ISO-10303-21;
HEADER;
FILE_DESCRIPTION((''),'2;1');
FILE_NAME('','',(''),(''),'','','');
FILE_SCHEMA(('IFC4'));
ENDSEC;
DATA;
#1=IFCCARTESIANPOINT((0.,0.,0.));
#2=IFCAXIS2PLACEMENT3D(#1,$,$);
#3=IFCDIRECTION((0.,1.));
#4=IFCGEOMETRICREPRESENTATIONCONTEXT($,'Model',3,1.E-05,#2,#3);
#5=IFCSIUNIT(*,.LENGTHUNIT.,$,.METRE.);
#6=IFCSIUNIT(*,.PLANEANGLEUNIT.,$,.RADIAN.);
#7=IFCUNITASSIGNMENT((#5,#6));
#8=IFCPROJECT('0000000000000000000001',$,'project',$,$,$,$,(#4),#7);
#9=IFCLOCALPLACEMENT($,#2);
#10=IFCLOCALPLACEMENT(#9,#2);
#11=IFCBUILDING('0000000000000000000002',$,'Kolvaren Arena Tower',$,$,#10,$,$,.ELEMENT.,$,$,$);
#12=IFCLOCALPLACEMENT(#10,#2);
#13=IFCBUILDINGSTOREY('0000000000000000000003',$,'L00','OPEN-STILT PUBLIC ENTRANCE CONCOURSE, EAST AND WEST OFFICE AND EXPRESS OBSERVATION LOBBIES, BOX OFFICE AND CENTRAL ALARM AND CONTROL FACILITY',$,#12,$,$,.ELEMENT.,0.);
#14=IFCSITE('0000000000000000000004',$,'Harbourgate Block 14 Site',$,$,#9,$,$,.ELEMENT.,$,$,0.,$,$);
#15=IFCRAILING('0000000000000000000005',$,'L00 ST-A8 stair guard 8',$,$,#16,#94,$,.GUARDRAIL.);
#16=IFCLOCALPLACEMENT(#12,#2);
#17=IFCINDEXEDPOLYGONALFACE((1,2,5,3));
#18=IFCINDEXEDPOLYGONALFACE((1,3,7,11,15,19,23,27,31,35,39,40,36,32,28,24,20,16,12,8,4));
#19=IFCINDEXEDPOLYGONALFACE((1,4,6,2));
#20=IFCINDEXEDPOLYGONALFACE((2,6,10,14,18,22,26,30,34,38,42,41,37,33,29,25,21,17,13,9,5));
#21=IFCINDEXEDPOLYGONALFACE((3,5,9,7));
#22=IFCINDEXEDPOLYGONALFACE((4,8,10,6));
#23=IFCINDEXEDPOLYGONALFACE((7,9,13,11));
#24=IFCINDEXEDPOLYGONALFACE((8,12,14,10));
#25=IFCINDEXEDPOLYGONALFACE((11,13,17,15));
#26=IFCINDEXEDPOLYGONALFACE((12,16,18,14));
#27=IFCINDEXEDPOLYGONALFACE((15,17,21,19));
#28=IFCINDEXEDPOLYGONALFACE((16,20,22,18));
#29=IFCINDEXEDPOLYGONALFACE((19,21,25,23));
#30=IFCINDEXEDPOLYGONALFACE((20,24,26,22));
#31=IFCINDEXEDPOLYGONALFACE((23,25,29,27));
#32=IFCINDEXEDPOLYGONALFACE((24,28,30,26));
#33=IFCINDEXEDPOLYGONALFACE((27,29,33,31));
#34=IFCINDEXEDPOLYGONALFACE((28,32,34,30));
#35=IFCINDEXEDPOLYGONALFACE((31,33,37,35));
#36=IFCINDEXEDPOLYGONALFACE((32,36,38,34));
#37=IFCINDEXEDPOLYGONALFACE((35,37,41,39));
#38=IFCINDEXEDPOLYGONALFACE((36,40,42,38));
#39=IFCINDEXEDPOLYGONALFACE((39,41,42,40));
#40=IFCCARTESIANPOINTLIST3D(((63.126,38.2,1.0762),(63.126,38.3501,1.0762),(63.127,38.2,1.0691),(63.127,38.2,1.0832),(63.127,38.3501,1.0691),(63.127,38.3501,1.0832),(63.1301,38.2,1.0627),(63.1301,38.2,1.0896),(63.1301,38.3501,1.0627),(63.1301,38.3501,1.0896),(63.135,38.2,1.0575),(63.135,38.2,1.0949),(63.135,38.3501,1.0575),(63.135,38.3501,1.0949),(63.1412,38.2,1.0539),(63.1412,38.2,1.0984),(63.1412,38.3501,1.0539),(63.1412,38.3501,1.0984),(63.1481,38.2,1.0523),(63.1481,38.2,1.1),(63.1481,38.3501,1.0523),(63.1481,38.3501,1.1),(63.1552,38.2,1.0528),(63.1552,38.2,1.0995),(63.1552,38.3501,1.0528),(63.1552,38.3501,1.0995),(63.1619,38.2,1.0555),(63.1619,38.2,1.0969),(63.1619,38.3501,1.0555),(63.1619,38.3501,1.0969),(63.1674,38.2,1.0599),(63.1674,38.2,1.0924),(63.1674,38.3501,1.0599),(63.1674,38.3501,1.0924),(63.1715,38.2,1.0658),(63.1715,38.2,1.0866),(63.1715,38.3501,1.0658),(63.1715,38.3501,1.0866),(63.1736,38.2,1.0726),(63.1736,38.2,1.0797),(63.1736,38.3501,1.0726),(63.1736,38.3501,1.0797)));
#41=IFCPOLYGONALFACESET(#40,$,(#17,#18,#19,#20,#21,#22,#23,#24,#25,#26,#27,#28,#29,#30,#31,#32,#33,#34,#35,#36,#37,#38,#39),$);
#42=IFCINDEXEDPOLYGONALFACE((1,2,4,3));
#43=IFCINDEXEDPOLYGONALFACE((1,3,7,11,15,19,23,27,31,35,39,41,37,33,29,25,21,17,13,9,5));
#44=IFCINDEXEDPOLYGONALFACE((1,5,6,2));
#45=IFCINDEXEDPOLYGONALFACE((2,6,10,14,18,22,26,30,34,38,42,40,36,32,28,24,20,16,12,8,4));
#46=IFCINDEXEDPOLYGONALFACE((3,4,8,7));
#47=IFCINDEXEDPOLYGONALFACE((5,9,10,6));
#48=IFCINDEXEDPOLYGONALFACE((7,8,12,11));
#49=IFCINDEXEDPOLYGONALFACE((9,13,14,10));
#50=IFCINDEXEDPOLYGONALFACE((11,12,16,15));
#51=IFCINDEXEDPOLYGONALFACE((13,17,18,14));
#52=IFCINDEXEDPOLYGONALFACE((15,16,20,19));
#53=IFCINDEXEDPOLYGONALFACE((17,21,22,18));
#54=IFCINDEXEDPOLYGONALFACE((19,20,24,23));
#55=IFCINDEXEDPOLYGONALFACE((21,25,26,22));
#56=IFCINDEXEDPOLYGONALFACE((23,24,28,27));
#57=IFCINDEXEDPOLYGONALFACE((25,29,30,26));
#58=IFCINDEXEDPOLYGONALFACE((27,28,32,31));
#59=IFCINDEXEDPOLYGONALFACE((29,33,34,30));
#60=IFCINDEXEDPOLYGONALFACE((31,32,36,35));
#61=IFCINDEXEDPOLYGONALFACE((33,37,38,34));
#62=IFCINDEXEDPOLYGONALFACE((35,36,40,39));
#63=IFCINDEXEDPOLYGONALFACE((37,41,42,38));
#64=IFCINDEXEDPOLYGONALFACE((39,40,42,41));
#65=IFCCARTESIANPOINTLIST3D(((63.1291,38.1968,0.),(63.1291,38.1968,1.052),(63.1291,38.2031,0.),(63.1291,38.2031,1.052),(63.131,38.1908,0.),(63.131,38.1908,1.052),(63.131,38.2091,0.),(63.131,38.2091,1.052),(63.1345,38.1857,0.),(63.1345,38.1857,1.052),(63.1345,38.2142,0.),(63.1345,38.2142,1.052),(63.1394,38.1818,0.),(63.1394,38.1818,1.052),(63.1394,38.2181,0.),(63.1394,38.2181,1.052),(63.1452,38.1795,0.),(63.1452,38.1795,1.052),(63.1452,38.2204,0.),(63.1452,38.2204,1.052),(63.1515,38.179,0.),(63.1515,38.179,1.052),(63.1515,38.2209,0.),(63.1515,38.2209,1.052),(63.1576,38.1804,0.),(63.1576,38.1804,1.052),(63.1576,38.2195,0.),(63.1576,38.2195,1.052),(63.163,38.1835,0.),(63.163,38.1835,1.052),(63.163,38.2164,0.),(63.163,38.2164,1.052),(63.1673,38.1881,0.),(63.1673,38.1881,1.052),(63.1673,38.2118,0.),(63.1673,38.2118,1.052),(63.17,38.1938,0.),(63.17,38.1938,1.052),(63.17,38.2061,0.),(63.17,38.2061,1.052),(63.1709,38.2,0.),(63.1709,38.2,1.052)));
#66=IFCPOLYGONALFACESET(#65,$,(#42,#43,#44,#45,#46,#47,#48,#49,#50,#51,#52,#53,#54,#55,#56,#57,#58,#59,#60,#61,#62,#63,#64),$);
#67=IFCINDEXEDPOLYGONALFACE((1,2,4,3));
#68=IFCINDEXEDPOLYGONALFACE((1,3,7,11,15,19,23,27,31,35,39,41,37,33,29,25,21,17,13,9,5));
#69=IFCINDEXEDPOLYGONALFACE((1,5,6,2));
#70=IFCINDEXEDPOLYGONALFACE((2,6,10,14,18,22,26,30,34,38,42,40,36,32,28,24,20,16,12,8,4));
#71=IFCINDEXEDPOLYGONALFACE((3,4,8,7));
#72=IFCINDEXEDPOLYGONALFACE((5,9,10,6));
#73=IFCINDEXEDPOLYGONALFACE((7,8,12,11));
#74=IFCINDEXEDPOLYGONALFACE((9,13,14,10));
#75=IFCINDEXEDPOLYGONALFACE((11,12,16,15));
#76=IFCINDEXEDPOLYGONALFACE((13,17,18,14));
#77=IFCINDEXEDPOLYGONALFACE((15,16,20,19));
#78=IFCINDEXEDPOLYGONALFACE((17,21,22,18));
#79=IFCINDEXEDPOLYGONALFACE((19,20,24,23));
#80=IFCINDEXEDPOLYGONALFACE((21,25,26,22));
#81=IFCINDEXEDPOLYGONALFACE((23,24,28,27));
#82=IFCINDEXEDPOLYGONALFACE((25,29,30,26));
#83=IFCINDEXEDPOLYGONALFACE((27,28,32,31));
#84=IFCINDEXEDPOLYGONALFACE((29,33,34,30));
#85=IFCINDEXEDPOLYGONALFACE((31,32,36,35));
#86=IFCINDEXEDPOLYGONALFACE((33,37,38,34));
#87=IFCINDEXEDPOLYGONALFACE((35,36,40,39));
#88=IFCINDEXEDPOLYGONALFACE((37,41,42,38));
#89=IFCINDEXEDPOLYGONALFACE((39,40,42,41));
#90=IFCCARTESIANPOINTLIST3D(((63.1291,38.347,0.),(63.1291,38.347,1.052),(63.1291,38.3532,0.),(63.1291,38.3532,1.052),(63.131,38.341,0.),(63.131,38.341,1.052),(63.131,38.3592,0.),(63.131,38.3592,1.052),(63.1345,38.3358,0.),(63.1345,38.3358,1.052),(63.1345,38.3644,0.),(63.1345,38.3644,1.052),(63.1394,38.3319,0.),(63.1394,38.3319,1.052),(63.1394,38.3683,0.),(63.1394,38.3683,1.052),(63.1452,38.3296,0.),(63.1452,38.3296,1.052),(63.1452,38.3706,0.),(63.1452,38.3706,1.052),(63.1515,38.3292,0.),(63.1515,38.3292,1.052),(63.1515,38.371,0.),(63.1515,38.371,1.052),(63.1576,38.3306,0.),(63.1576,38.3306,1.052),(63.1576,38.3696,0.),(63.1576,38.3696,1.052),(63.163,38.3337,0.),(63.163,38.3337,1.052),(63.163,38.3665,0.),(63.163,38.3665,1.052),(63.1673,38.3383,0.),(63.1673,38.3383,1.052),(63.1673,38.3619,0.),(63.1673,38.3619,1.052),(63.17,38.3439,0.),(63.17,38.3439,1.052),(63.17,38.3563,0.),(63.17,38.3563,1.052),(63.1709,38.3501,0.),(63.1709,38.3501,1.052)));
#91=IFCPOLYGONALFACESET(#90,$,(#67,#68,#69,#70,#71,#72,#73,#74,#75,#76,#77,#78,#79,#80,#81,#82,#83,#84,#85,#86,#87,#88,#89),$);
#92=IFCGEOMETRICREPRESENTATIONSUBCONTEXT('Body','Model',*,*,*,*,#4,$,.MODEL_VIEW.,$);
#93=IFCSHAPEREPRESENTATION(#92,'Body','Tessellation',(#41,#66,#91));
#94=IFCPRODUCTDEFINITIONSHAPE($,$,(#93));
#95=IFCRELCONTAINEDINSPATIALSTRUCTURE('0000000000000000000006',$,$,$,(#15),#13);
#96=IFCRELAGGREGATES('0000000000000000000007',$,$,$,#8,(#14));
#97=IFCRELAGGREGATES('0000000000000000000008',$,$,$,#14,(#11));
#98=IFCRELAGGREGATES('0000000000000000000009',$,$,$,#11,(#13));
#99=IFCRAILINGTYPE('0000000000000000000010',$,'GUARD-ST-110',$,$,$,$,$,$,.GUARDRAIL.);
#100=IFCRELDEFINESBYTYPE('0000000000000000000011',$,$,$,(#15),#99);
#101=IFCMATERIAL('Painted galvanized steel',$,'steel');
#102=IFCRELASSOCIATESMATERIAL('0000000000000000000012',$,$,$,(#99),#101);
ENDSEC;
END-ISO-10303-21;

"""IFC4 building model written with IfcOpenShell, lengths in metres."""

from ifc_helpers import new_model, si_unit, direction, frame, origin, origin_2d, place, context, subcontext, project, spatial, circle, extrude, material, type_object, element, save


model = new_model("IFC4")

# Units and contexts
model_context = context("Model", 3, precision=1e-05, world=origin(), true_north=direction((0.0, 1.0)))
body_context = subcontext(model_context, "Body", "Model", "MODEL_VIEW")
ifc_project = project(units=[si_unit("LENGTHUNIT", "METRE"), si_unit("PLANEANGLEUNIT", "RADIAN")], contexts=[model_context])

# Site, building, storey
site_placement = place(None, origin())
site = spatial("IfcSite", under=ifc_project, at=site_placement, Name="Harbourgate Block 14 Site", CompositionType="ELEMENT", RefElevation=0.0)
building_placement = place(site_placement, origin())
building = spatial("IfcBuilding", under=site, at=building_placement, Name="Kolvaren Arena Tower", CompositionType="ELEMENT")
storey_placement = place(building_placement, origin())
storey = spatial("IfcBuildingStorey", under=building, at=storey_placement, Name="L00", Description="OPEN-STILT PUBLIC ENTRANCE CONCOURSE, EAST AND WEST OFFICE AND EXPRESS OBSERVATION LOBBIES, BOX OFFICE AND CENTRAL ALARM AND CONTROL FACILITY", CompositionType="ELEMENT", Elevation=0.0)

# Railing
ifc_material_1 = material(Name="Painted galvanized steel", Category="steel")
railing_type_1 = type_object("IfcRailingType", Name="GUARD-ST-110", PredefinedType="GUARDRAIL", material=ifc_material_1)
railing_1_placement = place(storey_placement, frame((63.1499, 38.2, 0.0)))
element("IfcRailing", 1, at=railing_1_placement, inside=storey, type_object=railing_type_1, Name="L00 ST-A8 stair guard 8", PredefinedType="GUARDRAIL", context=body_context, shape_type="SweptSolid", body=[
    extrude(circle(Radius=0.0239, at=origin_2d()), frame((0.0, 0.0, 1.0762), z_axis=(0.0, 1.0, 0.0), x_axis=(-1.0, 0.0, 0.0)), (0.0, 0.0, 1.0), 0.1501),
    extrude(circle(Radius=0.021, at=origin_2d()), origin(), (0.0, 0.0, 1.0), 1.052),
    extrude(circle(Radius=0.021, at=origin_2d()), frame((0.0, 0.1501, 0.0)), (0.0, 0.0, 1.0), 1.052),
])

save(model, "model.ifc")
